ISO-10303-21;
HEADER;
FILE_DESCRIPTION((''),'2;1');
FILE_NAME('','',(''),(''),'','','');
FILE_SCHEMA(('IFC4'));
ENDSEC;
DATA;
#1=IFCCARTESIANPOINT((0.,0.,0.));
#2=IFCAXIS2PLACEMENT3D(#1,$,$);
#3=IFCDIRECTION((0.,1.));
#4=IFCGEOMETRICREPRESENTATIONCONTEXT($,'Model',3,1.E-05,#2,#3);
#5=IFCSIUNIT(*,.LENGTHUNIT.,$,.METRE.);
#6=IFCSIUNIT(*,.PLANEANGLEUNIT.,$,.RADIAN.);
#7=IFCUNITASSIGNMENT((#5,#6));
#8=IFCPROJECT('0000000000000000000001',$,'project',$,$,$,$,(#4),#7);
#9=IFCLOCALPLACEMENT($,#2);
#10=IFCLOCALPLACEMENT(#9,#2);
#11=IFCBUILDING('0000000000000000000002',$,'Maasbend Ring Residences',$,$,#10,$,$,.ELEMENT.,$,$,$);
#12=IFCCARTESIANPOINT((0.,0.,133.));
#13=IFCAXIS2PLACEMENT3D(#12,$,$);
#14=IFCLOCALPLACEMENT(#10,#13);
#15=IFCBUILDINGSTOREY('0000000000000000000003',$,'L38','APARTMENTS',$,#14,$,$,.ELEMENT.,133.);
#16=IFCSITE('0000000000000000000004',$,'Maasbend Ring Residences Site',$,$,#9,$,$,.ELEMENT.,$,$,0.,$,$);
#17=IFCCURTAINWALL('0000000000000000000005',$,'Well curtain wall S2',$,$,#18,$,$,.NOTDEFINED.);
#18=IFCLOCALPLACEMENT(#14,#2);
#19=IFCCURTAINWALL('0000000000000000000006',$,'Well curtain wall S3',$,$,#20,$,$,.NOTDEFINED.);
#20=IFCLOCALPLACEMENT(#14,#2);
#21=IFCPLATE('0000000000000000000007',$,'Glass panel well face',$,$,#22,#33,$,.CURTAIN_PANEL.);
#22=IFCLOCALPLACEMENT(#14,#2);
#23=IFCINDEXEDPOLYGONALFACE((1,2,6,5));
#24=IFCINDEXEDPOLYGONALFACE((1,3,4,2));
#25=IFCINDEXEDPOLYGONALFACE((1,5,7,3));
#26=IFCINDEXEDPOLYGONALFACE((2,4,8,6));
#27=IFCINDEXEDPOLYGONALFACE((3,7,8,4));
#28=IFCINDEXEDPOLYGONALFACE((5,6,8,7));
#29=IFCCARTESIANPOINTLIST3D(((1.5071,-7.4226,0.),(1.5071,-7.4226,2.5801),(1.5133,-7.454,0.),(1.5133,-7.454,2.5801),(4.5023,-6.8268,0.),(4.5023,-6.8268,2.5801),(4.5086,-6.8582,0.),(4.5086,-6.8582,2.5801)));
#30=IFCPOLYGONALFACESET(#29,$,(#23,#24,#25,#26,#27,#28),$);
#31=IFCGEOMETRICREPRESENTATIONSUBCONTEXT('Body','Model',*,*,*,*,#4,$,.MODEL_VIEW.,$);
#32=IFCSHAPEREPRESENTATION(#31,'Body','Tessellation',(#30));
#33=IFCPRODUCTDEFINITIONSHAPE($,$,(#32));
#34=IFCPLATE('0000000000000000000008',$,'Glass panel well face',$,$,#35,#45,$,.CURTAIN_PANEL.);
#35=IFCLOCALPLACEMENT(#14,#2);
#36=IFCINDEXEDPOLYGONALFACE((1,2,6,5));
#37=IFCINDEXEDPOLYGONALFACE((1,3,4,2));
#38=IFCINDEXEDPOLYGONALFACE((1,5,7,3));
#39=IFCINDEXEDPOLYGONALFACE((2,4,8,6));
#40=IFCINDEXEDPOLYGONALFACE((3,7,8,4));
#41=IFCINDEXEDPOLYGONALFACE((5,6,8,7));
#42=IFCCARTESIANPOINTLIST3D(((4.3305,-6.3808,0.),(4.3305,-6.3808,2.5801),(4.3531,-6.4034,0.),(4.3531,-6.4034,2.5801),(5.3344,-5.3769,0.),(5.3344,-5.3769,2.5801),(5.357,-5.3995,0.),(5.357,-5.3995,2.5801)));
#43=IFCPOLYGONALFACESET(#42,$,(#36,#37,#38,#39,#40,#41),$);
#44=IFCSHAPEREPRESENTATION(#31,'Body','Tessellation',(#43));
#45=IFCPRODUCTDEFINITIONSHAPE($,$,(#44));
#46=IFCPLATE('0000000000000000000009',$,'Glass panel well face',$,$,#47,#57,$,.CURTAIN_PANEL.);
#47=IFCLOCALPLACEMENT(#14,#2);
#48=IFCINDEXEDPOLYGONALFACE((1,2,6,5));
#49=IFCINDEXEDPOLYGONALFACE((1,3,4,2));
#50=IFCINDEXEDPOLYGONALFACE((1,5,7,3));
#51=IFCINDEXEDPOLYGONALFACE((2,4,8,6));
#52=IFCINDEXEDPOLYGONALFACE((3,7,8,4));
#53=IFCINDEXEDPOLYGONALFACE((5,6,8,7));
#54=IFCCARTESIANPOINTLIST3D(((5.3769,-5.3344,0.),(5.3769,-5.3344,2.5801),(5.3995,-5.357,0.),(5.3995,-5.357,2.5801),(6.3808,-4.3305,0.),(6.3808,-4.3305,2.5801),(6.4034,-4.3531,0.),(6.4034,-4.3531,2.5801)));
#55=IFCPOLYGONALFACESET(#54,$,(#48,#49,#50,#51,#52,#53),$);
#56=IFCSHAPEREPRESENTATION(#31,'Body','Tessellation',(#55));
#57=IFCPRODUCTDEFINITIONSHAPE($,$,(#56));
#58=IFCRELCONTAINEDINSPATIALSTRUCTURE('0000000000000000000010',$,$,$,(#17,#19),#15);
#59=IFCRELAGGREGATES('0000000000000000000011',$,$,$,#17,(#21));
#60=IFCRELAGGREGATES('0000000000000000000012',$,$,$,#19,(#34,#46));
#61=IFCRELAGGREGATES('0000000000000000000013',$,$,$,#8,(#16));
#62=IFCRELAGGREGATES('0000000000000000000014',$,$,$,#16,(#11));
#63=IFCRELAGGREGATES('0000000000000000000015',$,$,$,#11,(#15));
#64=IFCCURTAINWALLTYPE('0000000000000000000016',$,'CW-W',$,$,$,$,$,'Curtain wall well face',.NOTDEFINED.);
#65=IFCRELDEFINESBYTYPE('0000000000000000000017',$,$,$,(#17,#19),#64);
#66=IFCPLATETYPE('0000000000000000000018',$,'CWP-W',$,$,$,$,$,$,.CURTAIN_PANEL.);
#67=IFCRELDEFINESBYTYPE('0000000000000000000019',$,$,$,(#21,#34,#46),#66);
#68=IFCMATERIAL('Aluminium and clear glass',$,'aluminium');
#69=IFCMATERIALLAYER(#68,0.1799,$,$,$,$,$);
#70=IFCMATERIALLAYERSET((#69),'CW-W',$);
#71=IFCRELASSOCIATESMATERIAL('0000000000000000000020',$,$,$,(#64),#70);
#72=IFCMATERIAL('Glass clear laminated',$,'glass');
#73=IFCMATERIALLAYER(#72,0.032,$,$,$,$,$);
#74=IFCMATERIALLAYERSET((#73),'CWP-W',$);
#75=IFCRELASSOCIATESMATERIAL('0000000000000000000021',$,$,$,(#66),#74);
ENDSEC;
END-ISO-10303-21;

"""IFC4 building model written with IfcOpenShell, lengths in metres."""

from ifc_helpers import new_model, si_unit, direction, frame, origin, origin_2d, place, context, subcontext, project, spatial, rectangle, extrude, material, layer, layer_set, type_object, element, aggregate, save


model = new_model("IFC4")

# Units and contexts
model_context = context("Model", 3, precision=1e-05, world=origin(), true_north=direction((0.0, 1.0)))
body_context = subcontext(model_context, "Body", "Model", "MODEL_VIEW")
ifc_project = project(units=[si_unit("LENGTHUNIT", "METRE"), si_unit("PLANEANGLEUNIT", "RADIAN")], contexts=[model_context])

# Site, building, storey
site_placement = place(None, origin())
site = spatial("IfcSite", under=ifc_project, at=site_placement, Name="Maasbend Ring Residences Site", CompositionType="ELEMENT", RefElevation=0.0)
building_placement = place(site_placement, origin())
building = spatial("IfcBuilding", under=site, at=building_placement, Name="Maasbend Ring Residences", CompositionType="ELEMENT")
storey_placement = place(building_placement, frame((0.0, 0.0, 133.0)))
storey = spatial("IfcBuildingStorey", under=building, at=storey_placement, Name="L38", Description="APARTMENTS", CompositionType="ELEMENT", Elevation=133.0)

# Curtain walls
ifc_material_1 = material(Name="Aluminium and clear glass", Category="aluminium")
ifc_layer_1 = layer(ifc_material_1, 0.1799)
ifc_layer_set_1 = layer_set([ifc_layer_1], Name="CW-W")
curtain_wall_type = type_object("IfcCurtainWallType", Name="CW-W", ElementType="Curtain wall well face", PredefinedType="NOTDEFINED", material=ifc_layer_set_1)
curtain_wall_1_placement = place(storey_placement, origin())
curtain_wall_1 = element("IfcCurtainWall", 1, at=curtain_wall_1_placement, inside=storey, type_object=curtain_wall_type, Name="Well curtain wall S2", PredefinedType="NOTDEFINED")
curtain_wall_2_placement = place(storey_placement, origin())
curtain_wall_2 = element("IfcCurtainWall", 2, at=curtain_wall_2_placement, inside=storey, type_object=curtain_wall_type, Name="Well curtain wall S3", PredefinedType="NOTDEFINED")

# Plates
ifc_material_2 = material(Name="Glass clear laminated", Category="glass")
ifc_layer_2 = layer(ifc_material_2, 0.032)
ifc_layer_set_2 = layer_set([ifc_layer_2], Name="CWP-W")
plate_type = type_object("IfcPlateType", Name="CWP-W", PredefinedType="CURTAIN_PANEL", material=ifc_layer_set_2)
plate_1_placement = place(storey_placement, frame((3.0078, -7.1404, 0.0), z_axis=(0.0, 0.0, 1.0), x_axis=(0.980785, 0.19509, 0.0)))
plate_1 = element("IfcPlate", 3, at=plate_1_placement, type_object=plate_type, Name="Glass panel well face", PredefinedType="CURTAIN_PANEL", context=body_context, shape_type="SweptSolid", body=[
    extrude(rectangle(XDim=3.054, YDim=0.032, at=origin_2d()), origin(), (0.0, 0.0, 1.0), 2.5801),
])
aggregate(curtain_wall_1, [plate_1])
plate_2_placement = place(storey_placement, frame((4.8438, -5.8901, 0.0), z_axis=(0.0, 0.0, 1.0), x_axis=(0.707107, 0.707107, 0.0)))
plate_2 = element("IfcPlate", 4, at=plate_2_placement, type_object=plate_type, Name="Glass panel well face", PredefinedType="CURTAIN_PANEL", context=body_context, shape_type="SweptSolid", body=[
    extrude(rectangle(XDim=1.4197, YDim=0.032, at=origin_2d()), origin(), (0.0, 0.0, 1.0), 2.5801),
])
plate_3_placement = place(storey_placement, frame((5.8901, -4.8438, 0.0), z_axis=(0.0, 0.0, 1.0), x_axis=(0.707107, 0.707107, 0.0)))
plate_3 = element("IfcPlate", 5, at=plate_3_placement, type_object=plate_type, Name="Glass panel well face", PredefinedType="CURTAIN_PANEL", context=body_context, shape_type="SweptSolid", body=[
    extrude(rectangle(XDim=1.4197, YDim=0.032, at=origin_2d()), origin(), (0.0, 0.0, 1.0), 2.5801),
])
aggregate(curtain_wall_2, [plate_2, plate_3])

save(model, "model.ifc")
